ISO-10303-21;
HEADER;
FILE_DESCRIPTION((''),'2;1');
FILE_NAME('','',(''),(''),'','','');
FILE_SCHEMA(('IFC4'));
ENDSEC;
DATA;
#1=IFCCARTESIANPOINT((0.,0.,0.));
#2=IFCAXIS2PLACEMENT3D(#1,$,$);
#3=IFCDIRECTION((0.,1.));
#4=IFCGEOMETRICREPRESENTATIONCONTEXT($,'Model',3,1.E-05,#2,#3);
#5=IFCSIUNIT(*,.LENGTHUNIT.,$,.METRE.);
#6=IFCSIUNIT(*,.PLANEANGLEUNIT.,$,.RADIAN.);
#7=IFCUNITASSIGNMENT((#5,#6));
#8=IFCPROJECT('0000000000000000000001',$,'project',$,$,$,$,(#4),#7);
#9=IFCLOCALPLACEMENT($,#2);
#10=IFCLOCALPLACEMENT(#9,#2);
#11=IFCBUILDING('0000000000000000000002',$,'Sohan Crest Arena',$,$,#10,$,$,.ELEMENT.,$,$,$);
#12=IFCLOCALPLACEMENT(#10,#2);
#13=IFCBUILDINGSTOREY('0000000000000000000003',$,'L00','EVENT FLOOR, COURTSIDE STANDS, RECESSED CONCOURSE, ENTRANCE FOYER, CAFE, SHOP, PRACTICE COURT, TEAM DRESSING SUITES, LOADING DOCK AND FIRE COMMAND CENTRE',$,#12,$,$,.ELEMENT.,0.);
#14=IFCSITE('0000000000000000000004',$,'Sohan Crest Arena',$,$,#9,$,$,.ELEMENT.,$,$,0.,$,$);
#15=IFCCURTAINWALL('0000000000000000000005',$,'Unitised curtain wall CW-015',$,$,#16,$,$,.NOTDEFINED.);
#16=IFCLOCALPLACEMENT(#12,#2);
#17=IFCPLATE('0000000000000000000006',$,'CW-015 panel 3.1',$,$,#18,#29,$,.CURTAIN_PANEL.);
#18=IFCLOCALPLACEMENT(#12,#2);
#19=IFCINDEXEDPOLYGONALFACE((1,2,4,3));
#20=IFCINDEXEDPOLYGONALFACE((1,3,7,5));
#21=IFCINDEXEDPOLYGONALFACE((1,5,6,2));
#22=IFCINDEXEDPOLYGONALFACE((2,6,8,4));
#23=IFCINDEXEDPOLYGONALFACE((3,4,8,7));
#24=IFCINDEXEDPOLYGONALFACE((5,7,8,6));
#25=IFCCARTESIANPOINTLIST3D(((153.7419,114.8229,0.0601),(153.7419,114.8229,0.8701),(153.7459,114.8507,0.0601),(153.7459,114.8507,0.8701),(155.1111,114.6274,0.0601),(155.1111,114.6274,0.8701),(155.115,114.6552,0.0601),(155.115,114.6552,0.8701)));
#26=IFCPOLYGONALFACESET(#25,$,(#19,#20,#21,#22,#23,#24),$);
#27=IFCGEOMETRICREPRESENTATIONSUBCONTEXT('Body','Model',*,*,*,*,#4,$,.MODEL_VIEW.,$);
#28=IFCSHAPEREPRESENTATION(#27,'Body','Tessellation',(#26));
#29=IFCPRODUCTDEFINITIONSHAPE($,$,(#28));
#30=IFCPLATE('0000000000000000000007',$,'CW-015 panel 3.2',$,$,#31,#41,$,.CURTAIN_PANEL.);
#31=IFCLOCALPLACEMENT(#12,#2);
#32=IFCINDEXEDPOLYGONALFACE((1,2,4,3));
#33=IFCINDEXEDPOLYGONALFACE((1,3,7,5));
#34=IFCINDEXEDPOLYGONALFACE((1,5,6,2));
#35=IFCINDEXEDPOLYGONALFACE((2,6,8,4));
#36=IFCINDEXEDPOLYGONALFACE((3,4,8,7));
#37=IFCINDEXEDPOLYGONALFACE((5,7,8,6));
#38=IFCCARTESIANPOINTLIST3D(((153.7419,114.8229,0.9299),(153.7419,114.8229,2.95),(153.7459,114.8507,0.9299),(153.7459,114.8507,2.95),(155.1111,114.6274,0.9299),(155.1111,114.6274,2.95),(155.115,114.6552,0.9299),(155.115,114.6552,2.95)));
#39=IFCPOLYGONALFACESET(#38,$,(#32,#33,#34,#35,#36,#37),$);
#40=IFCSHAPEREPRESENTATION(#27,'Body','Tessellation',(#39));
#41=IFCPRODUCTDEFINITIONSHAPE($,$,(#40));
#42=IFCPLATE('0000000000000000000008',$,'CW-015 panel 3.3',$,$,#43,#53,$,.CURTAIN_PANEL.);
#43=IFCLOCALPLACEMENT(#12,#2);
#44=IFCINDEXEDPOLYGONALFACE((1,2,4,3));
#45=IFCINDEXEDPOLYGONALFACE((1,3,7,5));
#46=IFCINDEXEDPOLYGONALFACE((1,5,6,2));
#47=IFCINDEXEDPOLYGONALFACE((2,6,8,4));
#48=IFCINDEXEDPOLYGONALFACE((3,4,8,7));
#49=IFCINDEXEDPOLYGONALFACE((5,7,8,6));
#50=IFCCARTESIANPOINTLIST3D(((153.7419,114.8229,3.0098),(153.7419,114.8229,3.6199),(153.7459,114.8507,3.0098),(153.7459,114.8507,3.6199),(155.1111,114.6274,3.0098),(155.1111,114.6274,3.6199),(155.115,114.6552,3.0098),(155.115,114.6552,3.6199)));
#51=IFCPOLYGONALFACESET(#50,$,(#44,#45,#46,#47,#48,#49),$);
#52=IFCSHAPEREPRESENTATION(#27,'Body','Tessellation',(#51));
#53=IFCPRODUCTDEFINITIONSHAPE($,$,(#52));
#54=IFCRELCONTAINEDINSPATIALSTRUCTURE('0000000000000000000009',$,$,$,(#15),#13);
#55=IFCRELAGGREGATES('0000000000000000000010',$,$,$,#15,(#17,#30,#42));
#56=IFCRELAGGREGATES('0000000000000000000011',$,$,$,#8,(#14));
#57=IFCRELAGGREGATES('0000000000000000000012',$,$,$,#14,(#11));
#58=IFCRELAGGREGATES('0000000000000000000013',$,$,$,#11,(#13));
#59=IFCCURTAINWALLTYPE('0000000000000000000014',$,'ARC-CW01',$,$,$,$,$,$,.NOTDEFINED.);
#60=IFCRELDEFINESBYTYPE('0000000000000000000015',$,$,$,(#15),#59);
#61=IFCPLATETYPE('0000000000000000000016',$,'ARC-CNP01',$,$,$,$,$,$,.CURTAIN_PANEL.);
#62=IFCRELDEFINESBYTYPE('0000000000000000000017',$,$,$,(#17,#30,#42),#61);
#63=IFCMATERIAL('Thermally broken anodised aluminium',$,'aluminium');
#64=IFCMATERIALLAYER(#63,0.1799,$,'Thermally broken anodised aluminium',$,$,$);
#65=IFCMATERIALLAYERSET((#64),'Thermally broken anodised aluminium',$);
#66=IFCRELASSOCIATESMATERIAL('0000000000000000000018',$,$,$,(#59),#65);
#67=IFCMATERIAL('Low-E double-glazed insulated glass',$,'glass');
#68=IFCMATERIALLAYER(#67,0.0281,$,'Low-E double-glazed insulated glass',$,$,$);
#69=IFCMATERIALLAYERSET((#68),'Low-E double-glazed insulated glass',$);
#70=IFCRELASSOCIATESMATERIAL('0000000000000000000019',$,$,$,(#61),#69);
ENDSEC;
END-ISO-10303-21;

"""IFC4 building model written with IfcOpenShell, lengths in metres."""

from ifc_helpers import new_model, si_unit, direction, frame, origin, origin_2d, place, context, subcontext, project, spatial, rectangle, extrude, material, layer, layer_set, type_object, element, aggregate, save


model = new_model("IFC4")

# Units and contexts
model_context = context("Model", 3, precision=1e-05, world=origin(), true_north=direction((0.0, 1.0)))
body_context = subcontext(model_context, "Body", "Model", "MODEL_VIEW")
ifc_project = project(units=[si_unit("LENGTHUNIT", "METRE"), si_unit("PLANEANGLEUNIT", "RADIAN")], contexts=[model_context])

# Site, building, storey
site_placement = place(None, origin())
site = spatial("IfcSite", under=ifc_project, at=site_placement, Name="Sohan Crest Arena", CompositionType="ELEMENT", RefElevation=0.0)
building_placement = place(site_placement, origin())
building = spatial("IfcBuilding", under=site, at=building_placement, Name="Sohan Crest Arena", CompositionType="ELEMENT")
storey_placement = place(building_placement, origin())
storey = spatial("IfcBuildingStorey", under=building, at=storey_placement, Name="L00", Description="EVENT FLOOR, COURTSIDE STANDS, RECESSED CONCOURSE, ENTRANCE FOYER, CAFE, SHOP, PRACTICE COURT, TEAM DRESSING SUITES, LOADING DOCK AND FIRE COMMAND CENTRE", CompositionType="ELEMENT", Elevation=0.0)

# Curtain wall
ifc_material_1 = material(Name="Thermally broken anodised aluminium", Category="aluminium")
ifc_layer_1 = layer(ifc_material_1, 0.1799, Name="Thermally broken anodised aluminium")
ifc_layer_set_1 = layer_set([ifc_layer_1], Name="Thermally broken anodised aluminium")
curtain_wall_type = type_object("IfcCurtainWallType", Name="ARC-CW01", PredefinedType="NOTDEFINED", material=ifc_layer_set_1)
curtain_wall_placement = place(storey_placement, origin())
curtain_wall = element("IfcCurtainWall", 1, at=curtain_wall_placement, inside=storey, type_object=curtain_wall_type, Name="Unitised curtain wall CW-015", PredefinedType="NOTDEFINED")

# Plates
ifc_material_2 = material(Name="Low-E double-glazed insulated glass", Category="glass")
ifc_layer_2 = layer(ifc_material_2, 0.0281, Name="Low-E double-glazed insulated glass")
ifc_layer_set_2 = layer_set([ifc_layer_2], Name="Low-E double-glazed insulated glass")
plate_type = type_object("IfcPlateType", Name="ARC-CNP01", PredefinedType="CURTAIN_PANEL", material=ifc_layer_set_2)
plate_1_placement = place(storey_placement, frame((154.4285, 114.739, 0.0601), z_axis=(0.0, 0.0, 1.0), x_axis=(-0.989957, 0.141366, 0.0)))
plate_1 = element("IfcPlate", 2, at=plate_1_placement, type_object=plate_type, Name="CW-015 panel 3.1", PredefinedType="CURTAIN_PANEL", context=body_context, shape_type="SweptSolid", body=[
    extrude(rectangle(XDim=1.3831, YDim=0.0281, at=origin_2d()), origin(), (0.0, 0.0, 1.0), 0.8101),
])
plate_2_placement = place(storey_placement, frame((154.4285, 114.739, 0.9299), z_axis=(0.0, 0.0, 1.0), x_axis=(-0.989957, 0.141366, 0.0)))
plate_2 = element("IfcPlate", 3, at=plate_2_placement, type_object=plate_type, Name="CW-015 panel 3.2", PredefinedType="CURTAIN_PANEL", context=body_context, shape_type="SweptSolid", body=[
    extrude(rectangle(XDim=1.3831, YDim=0.0281, at=origin_2d()), origin(), (0.0, 0.0, 1.0), 2.02),
])
plate_3_placement = place(storey_placement, frame((154.4285, 114.739, 3.0098), z_axis=(0.0, 0.0, 1.0), x_axis=(-0.989957, 0.141366, 0.0)))
plate_3 = element("IfcPlate", 4, at=plate_3_placement, type_object=plate_type, Name="CW-015 panel 3.3", PredefinedType="CURTAIN_PANEL", context=body_context, shape_type="SweptSolid", body=[
    extrude(rectangle(XDim=1.3831, YDim=0.0281, at=origin_2d()), origin(), (0.0, 0.0, 1.0), 0.6101),
])
aggregate(curtain_wall, [plate_1, plate_2, plate_3])

save(model, "model.ifc")
